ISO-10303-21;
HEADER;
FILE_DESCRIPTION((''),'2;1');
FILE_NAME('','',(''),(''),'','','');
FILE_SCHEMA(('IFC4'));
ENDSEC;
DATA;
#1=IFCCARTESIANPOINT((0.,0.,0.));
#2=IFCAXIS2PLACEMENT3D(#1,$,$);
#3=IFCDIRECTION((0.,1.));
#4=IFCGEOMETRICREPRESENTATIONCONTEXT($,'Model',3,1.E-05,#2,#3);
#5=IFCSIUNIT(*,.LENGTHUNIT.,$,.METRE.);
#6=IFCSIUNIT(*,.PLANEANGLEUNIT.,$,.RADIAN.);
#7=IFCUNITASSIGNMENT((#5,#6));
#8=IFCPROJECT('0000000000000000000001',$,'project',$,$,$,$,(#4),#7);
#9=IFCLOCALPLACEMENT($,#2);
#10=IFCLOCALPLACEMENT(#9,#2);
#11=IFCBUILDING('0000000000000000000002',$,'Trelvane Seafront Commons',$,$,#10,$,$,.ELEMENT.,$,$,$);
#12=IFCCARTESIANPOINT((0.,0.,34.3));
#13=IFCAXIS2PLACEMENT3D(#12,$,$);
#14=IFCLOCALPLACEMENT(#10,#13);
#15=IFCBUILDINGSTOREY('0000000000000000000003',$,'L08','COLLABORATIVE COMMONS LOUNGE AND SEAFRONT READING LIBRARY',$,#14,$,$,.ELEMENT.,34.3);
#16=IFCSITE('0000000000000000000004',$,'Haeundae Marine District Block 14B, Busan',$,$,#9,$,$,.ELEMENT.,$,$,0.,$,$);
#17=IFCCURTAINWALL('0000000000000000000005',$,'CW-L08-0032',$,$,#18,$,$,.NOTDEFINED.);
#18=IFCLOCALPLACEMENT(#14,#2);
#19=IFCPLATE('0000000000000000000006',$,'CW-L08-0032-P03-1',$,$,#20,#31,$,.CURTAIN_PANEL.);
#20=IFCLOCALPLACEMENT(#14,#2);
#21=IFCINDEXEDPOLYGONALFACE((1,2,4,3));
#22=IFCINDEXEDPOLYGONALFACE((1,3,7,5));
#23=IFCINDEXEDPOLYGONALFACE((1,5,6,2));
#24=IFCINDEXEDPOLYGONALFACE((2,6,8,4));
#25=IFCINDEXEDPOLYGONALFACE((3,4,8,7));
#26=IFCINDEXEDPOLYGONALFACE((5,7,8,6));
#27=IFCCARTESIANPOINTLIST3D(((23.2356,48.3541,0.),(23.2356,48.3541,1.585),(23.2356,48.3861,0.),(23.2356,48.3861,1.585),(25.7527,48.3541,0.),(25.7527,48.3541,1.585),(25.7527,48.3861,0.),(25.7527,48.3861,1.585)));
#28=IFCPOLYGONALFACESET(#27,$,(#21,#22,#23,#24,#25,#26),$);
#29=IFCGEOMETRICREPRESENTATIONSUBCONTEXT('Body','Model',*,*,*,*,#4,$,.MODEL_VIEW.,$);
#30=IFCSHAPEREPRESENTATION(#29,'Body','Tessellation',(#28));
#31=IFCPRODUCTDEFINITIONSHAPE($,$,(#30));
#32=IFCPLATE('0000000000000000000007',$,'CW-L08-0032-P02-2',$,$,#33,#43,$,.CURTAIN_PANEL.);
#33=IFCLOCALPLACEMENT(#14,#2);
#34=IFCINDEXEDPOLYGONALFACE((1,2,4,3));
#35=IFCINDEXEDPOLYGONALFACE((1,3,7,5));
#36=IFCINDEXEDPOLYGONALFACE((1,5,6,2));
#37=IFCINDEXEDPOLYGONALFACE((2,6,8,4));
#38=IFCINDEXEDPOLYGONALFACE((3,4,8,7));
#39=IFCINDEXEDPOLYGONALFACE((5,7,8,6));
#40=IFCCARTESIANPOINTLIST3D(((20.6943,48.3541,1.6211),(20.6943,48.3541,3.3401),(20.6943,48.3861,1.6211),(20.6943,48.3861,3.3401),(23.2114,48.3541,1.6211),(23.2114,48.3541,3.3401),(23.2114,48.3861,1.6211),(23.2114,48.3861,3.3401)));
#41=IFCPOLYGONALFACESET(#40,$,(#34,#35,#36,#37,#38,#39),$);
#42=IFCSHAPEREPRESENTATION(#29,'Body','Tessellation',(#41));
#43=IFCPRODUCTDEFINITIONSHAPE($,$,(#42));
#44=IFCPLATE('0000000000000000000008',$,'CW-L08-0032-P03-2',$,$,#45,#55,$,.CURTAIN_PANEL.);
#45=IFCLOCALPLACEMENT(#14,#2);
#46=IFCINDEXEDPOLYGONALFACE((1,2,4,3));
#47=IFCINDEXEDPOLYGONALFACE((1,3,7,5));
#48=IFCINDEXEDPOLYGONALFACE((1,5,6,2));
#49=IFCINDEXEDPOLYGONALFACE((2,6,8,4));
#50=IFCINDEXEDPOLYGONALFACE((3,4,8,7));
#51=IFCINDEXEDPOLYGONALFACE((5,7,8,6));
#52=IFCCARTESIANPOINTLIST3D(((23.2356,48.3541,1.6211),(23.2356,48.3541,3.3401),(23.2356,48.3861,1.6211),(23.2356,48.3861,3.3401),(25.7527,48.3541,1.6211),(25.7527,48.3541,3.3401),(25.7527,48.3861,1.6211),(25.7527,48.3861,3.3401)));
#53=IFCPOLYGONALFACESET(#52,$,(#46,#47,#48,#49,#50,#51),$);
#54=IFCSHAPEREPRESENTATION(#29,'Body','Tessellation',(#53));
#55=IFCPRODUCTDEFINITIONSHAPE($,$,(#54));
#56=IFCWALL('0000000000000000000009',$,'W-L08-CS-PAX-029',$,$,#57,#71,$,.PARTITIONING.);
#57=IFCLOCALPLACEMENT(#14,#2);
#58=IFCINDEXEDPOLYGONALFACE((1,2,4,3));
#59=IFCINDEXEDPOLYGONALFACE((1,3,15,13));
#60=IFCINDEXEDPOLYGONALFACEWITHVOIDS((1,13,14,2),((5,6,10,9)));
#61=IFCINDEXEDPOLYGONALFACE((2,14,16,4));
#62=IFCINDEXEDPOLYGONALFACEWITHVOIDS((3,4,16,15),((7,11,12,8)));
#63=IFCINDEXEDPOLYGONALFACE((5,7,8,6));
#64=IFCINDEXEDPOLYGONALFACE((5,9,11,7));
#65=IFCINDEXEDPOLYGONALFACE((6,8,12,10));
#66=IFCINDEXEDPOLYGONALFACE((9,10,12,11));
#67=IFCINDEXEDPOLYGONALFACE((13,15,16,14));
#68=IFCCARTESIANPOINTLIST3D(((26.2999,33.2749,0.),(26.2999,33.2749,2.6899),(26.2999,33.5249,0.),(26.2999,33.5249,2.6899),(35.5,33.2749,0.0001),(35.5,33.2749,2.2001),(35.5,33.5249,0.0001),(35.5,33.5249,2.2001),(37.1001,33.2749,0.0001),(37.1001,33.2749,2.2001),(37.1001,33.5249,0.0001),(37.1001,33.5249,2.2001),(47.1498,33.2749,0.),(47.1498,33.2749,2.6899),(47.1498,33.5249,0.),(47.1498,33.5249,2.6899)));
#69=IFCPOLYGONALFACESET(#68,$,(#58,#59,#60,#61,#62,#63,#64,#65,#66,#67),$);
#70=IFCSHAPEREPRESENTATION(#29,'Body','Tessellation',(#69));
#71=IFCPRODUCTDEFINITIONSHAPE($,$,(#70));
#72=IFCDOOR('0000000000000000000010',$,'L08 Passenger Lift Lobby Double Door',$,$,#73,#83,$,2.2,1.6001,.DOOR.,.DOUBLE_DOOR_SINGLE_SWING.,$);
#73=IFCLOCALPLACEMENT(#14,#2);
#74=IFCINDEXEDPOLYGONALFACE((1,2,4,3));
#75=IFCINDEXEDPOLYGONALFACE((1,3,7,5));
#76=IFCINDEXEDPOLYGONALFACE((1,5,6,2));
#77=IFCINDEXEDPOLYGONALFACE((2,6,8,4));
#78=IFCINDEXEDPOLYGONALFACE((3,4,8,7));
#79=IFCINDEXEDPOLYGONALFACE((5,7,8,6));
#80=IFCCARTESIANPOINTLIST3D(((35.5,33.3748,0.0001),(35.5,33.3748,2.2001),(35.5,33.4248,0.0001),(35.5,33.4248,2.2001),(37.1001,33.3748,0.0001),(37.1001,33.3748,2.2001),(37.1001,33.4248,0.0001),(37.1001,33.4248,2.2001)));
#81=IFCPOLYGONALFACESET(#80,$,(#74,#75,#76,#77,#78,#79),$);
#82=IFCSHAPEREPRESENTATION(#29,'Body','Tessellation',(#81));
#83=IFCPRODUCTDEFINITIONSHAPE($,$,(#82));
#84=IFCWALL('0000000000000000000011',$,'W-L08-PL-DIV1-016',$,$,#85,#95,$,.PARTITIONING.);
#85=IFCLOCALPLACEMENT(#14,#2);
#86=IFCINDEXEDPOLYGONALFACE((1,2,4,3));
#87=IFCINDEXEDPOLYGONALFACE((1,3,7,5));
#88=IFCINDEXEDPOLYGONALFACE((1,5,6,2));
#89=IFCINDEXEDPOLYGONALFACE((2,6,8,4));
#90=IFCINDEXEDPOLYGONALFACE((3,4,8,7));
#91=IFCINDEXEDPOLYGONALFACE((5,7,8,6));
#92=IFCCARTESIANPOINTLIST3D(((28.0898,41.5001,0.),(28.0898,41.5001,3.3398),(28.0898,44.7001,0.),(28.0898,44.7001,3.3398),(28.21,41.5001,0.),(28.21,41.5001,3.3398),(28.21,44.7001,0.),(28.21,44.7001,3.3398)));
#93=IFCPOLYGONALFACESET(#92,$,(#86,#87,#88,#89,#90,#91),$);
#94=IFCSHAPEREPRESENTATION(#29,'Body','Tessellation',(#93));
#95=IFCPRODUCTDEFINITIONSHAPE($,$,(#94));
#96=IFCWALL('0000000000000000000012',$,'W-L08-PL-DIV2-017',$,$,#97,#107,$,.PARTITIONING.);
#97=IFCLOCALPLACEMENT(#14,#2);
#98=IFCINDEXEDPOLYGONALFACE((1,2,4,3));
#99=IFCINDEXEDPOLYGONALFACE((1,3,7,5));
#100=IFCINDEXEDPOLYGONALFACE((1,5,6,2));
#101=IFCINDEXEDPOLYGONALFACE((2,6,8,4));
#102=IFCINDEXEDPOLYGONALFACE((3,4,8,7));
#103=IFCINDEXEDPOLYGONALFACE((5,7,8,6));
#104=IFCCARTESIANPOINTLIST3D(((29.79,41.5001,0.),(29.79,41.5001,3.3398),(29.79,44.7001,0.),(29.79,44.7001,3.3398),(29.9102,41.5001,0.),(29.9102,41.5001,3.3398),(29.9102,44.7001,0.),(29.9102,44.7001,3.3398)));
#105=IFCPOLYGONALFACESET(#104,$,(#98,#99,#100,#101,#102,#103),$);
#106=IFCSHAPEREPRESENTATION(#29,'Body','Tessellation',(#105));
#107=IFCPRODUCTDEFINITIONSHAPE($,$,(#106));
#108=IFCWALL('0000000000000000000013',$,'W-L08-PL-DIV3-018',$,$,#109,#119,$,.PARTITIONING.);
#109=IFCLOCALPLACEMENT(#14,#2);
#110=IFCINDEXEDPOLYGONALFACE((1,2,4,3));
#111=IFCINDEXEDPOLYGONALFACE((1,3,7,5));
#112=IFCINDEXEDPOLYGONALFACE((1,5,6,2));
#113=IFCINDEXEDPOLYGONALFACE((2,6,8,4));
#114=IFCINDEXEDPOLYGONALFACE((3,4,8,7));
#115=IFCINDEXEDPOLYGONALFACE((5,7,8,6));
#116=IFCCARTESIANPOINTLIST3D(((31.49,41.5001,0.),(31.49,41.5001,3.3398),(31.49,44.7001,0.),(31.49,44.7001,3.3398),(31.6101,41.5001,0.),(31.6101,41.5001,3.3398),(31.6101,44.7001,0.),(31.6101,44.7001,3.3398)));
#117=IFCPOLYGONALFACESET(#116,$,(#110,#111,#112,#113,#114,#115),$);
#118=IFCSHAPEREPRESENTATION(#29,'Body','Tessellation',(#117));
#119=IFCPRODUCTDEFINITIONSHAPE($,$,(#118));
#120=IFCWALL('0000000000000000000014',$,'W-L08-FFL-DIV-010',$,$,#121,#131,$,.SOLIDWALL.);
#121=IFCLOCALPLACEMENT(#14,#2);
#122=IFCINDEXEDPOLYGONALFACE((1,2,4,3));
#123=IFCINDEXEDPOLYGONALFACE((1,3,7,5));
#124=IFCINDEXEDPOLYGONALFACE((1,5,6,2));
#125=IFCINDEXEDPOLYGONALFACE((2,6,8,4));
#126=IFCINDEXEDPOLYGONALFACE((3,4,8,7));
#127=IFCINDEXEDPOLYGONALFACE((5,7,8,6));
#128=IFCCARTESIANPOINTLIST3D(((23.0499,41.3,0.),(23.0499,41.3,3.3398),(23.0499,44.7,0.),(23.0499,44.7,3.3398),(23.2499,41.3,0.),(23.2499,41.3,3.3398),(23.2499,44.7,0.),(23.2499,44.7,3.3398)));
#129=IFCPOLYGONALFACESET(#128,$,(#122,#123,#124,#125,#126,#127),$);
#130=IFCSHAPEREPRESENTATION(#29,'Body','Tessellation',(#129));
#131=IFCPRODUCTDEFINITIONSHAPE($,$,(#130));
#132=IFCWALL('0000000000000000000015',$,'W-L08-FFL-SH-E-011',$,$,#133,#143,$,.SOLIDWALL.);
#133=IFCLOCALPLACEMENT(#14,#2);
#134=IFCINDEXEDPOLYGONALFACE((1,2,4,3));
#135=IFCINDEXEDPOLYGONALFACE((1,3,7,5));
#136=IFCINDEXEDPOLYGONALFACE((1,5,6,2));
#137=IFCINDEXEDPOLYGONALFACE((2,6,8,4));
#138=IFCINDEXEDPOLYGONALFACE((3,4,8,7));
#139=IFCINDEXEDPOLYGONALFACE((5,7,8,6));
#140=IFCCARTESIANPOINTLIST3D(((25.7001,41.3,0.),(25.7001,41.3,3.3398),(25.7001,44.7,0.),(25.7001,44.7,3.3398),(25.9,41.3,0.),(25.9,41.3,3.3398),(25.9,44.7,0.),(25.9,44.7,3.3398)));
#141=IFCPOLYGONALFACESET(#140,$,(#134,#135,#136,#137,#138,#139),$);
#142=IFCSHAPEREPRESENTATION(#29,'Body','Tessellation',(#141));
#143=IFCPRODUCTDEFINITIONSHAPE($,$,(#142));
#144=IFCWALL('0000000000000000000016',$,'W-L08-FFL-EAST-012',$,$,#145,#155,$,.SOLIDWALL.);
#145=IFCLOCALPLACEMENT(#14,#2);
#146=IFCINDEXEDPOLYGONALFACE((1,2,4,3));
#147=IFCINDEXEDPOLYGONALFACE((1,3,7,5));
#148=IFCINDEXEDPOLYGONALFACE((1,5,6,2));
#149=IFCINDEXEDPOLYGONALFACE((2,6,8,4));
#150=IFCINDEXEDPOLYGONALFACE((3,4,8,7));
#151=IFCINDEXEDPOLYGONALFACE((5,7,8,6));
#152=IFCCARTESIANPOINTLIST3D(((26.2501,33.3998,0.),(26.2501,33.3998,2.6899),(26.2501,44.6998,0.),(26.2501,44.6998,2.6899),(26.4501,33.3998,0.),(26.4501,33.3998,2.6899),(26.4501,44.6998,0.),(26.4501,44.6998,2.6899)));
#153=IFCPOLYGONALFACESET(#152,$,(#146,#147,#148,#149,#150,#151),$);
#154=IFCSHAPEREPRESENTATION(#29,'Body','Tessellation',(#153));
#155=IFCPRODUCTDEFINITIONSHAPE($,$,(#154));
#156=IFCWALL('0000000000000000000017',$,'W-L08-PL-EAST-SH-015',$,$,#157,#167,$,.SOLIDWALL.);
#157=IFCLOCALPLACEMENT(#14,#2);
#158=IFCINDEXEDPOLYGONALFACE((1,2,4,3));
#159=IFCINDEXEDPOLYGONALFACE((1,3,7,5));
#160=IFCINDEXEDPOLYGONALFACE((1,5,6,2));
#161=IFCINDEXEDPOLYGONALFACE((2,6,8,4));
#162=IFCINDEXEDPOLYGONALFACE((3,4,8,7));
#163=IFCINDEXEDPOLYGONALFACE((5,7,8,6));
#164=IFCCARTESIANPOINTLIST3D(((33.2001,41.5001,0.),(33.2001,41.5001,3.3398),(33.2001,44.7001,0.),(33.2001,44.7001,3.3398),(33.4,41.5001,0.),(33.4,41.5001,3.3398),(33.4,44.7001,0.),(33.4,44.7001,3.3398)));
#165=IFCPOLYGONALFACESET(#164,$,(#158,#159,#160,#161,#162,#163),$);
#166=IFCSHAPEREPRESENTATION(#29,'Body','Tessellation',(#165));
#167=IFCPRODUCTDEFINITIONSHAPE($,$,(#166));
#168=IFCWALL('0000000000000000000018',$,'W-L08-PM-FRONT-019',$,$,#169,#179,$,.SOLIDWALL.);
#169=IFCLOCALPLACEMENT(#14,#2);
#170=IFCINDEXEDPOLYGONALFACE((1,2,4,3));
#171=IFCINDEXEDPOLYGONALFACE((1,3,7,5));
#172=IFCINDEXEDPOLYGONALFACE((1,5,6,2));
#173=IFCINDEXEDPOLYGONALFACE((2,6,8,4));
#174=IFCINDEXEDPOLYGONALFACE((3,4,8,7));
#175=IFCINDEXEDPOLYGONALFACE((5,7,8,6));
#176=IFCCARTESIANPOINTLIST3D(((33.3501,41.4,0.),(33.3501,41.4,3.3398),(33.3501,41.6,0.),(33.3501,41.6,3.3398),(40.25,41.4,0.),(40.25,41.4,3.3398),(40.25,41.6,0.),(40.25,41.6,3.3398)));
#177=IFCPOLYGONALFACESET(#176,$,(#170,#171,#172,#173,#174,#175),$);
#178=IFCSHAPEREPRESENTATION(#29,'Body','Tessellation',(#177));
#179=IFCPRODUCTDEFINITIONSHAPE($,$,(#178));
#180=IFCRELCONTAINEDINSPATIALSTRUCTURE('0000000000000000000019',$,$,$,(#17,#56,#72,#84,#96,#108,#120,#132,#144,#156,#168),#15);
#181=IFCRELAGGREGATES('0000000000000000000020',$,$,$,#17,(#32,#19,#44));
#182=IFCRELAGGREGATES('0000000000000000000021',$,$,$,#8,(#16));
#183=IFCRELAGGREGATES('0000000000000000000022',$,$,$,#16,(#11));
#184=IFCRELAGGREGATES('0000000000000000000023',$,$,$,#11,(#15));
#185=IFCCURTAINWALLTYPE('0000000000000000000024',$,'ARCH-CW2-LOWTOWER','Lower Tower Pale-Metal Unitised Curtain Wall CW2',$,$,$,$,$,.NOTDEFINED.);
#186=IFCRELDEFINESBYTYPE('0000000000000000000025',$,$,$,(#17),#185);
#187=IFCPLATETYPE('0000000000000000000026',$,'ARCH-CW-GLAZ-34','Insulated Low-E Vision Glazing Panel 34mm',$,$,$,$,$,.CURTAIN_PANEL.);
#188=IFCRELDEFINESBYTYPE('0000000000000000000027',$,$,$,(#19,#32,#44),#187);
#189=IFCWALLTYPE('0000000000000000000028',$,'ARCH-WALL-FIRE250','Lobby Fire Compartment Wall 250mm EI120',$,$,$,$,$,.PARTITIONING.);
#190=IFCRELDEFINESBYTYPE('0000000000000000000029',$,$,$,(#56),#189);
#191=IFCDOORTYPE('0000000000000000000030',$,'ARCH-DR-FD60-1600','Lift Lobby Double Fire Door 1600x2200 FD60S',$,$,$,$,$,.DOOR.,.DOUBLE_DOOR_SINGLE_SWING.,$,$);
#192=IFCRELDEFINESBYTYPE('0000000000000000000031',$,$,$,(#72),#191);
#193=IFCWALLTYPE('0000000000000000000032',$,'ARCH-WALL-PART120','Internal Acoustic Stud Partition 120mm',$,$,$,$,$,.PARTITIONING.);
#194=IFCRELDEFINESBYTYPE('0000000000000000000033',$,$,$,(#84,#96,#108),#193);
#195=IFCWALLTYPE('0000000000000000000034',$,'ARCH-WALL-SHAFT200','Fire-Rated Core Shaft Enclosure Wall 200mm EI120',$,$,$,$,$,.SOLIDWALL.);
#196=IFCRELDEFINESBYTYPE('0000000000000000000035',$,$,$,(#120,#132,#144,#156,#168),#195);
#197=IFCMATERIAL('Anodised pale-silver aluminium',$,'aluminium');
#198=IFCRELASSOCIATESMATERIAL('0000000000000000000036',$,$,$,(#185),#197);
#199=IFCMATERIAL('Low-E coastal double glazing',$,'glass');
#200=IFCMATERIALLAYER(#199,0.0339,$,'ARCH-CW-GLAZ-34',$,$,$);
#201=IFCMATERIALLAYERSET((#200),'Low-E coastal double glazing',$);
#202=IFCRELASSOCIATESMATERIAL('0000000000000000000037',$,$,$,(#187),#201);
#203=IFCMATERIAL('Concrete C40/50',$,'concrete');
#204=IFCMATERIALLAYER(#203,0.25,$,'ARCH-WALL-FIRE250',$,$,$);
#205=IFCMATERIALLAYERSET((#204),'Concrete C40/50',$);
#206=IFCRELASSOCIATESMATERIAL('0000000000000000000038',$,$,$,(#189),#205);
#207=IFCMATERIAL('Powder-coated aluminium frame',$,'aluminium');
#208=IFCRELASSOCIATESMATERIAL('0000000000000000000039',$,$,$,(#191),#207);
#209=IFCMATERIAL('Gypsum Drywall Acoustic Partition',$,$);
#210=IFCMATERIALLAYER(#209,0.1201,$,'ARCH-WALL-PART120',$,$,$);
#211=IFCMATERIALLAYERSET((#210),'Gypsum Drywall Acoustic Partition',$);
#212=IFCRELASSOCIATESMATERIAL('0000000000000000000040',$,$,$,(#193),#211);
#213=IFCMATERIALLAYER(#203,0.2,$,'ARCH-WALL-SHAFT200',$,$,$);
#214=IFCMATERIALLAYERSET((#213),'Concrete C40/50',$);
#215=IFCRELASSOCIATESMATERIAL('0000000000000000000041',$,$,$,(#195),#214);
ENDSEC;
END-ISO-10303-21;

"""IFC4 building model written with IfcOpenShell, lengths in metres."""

from ifc_helpers import new_model, si_unit, direction, frame, frame_2d, origin, origin_2d, place, context, subcontext, project, spatial, rectangle, extrude, source, transform, mapped, material, layer, layer_set, type_object, element, fill, aggregate, save


model = new_model("IFC4")

# Units and contexts
model_context = context("Model", 3, precision=1e-05, world=origin(), true_north=direction((0.0, 1.0)))
body_context = subcontext(model_context, "Body", "Model", "MODEL_VIEW")
ifc_project = project(units=[si_unit("LENGTHUNIT", "METRE"), si_unit("PLANEANGLEUNIT", "RADIAN")], contexts=[model_context])

# Site, building, storey
site_placement = place(None, origin())
site = spatial("IfcSite", under=ifc_project, at=site_placement, Name="Haeundae Marine District Block 14B, Busan", CompositionType="ELEMENT", RefElevation=0.0)
building_placement = place(site_placement, origin())
building = spatial("IfcBuilding", under=site, at=building_placement, Name="Trelvane Seafront Commons", CompositionType="ELEMENT")
storey_placement = place(building_placement, frame((0.0, 0.0, 34.3)))
storey = spatial("IfcBuildingStorey", under=building, at=storey_placement, Name="L08", Description="COLLABORATIVE COMMONS LOUNGE AND SEAFRONT READING LIBRARY", CompositionType="ELEMENT", Elevation=34.3)

# Curtain wall, plates
ifc_material_1 = material(Name="Anodised pale-silver aluminium", Category="aluminium")
curtain_wall_type = type_object("IfcCurtainWallType", Name="ARCH-CW2-LOWTOWER", Description="Lower Tower Pale-Metal Unitised Curtain Wall CW2", PredefinedType="NOTDEFINED", material=ifc_material_1)
curtain_wall_placement = place(storey_placement, origin())
curtain_wall = element("IfcCurtainWall", 1, at=curtain_wall_placement, inside=storey, type_object=curtain_wall_type, Name="CW-L08-0032", PredefinedType="NOTDEFINED")
ifc_material_2 = material(Name="Low-E coastal double glazing", Category="glass")
ifc_layer_1 = layer(ifc_material_2, 0.0339, Name="ARCH-CW-GLAZ-34")
ifc_layer_set_1 = layer_set([ifc_layer_1], Name="Low-E coastal double glazing")
plate_type = type_object("IfcPlateType", Name="ARCH-CW-GLAZ-34", Description="Insulated Low-E Vision Glazing Panel 34mm", PredefinedType="CURTAIN_PANEL", material=ifc_layer_set_1)
shared_shape_1 = source(origin(), body_context, "Body", "SweptSolid", [
    extrude(rectangle(XDim=2.5171, YDim=0.032, at=origin_2d()), origin(), (0.0, 0.0, 1.0), 1.585),
])
plate_1_placement = place(storey_placement, frame((24.4941, 48.3701, 0.0), z_axis=(0.0, 0.0, 1.0), x_axis=(1.0, 0.0, 0.0)))
plate_1 = element("IfcPlate", 2, at=plate_1_placement, type_object=plate_type, Name="CW-L08-0032-P03-1", PredefinedType="CURTAIN_PANEL", context=body_context, shape_type="MappedRepresentation", body=[
    mapped(shared_shape_1, transform((0.0, 0.0, 0.0), x_axis=(1.0, 0.0, 0.0), y_axis=(0.0, 1.0, 0.0), z_axis=(0.0, 0.0, 1.0), scale=1.0)),
])
shared_shape_2 = source(origin(), body_context, "Body", "SweptSolid", [
    extrude(rectangle(XDim=2.5171, YDim=0.032, at=origin_2d()), origin(), (0.0, 0.0, 1.0), 1.719),
])
plate_2_placement = place(storey_placement, frame((21.9529, 48.3701, 1.6211), z_axis=(0.0, 0.0, 1.0), x_axis=(1.0, 0.0, 0.0)))
plate_2 = element("IfcPlate", 3, at=plate_2_placement, type_object=plate_type, Name="CW-L08-0032-P02-2", PredefinedType="CURTAIN_PANEL", context=body_context, shape_type="MappedRepresentation", body=[
    mapped(shared_shape_2, transform((0.0, 0.0, 0.0), x_axis=(1.0, 0.0, 0.0), y_axis=(0.0, 1.0, 0.0), z_axis=(0.0, 0.0, 1.0), scale=1.0)),
])
plate_3_placement = place(storey_placement, frame((24.4941, 48.3701, 1.6211), z_axis=(0.0, 0.0, 1.0), x_axis=(1.0, 0.0, 0.0)))
plate_3 = element("IfcPlate", 4, at=plate_3_placement, type_object=plate_type, Name="CW-L08-0032-P03-2", PredefinedType="CURTAIN_PANEL", context=body_context, shape_type="MappedRepresentation", body=[
    mapped(shared_shape_2, transform((0.0, 0.0, 0.0), x_axis=(1.0, 0.0, 0.0), y_axis=(0.0, 1.0, 0.0), z_axis=(0.0, 0.0, 1.0), scale=1.0)),
])
aggregate(curtain_wall, [plate_2, plate_1, plate_3])

# Wall, opening, door
ifc_material_3 = material(Name="Concrete C40/50", Category="concrete")
ifc_layer_2 = layer(ifc_material_3, 0.25, Name="ARCH-WALL-FIRE250")
ifc_layer_set_2 = layer_set([ifc_layer_2], Name="Concrete C40/50")
wall_type_1 = type_object("IfcWallType", Name="ARCH-WALL-FIRE250", Description="Lobby Fire Compartment Wall 250mm EI120", PredefinedType="PARTITIONING", material=ifc_layer_set_2)
wall_1_placement = place(storey_placement, frame((26.3, 33.3999, 0.0), z_axis=(0.0, 0.0, 1.0), x_axis=(1.0, 0.0, 0.0)))
wall_1 = element("IfcWall", 5, at=wall_1_placement, inside=storey, type_object=wall_type_1, Name="W-L08-CS-PAX-029", PredefinedType="PARTITIONING", context=body_context, shape_type="SweptSolid", body=[
    extrude(rectangle(XDim=20.8499, YDim=0.25, at=frame_2d((10.4248, 0.0))), origin(), (0.0, 0.0, 1.0), 2.6899),
])
opening_1_placement = place(wall_1_placement, frame((9.2, 0.0, 0.0)))
opening_1 = element("IfcOpeningElement", 6, at=opening_1_placement, cuts=wall_1, PredefinedType="OPENING", context=body_context, shape_type="SweptSolid", body=[
    extrude(rectangle(XDim=1.6001, YDim=2.2, at=frame_2d((0.8, 1.1001))), frame((0.0, 0.135, 0.0), z_axis=(0.0, -1.0, 0.0), x_axis=(1.0, 0.0, 0.0)), (0.0, 0.0, 1.0), 0.27),
])
ifc_material_4 = material(Name="Powder-coated aluminium frame", Category="aluminium")
door_type_1 = type_object("IfcDoorType", Name="ARCH-DR-FD60-1600", Description="Lift Lobby Double Fire Door 1600x2200 FD60S", OperationType="DOUBLE_DOOR_SINGLE_SWING", PredefinedType="DOOR", material=ifc_material_4)
shared_shape_3 = source(origin(), body_context, "Body", "SweptSolid", [
    extrude(rectangle(XDim=1.6001, YDim=2.2, at=frame_2d((0.8, 1.1001))), frame((0.0, 0.0249, 0.0), z_axis=(0.0, -1.0, 0.0), x_axis=(1.0, 0.0, 0.0)), (0.0, 0.0, 1.0), 0.05),
])
door_1_placement = place(opening_1_placement, origin())
door_1 = element("IfcDoor", 7, at=door_1_placement, inside=storey, type_object=door_type_1, Name="L08 Passenger Lift Lobby Double Door", OperationType="DOUBLE_DOOR_SINGLE_SWING", OverallHeight=2.2, OverallWidth=1.6001, PredefinedType="DOOR", context=body_context, shape_type="MappedRepresentation", body=[
    mapped(shared_shape_3, transform((0.0, 0.0, 0.0), x_axis=(1.0, 0.0, 0.0), y_axis=(0.0, 1.0, 0.0), z_axis=(0.0, 0.0, 1.0), scale=1.0)),
])
fill(opening_1, door_1)

# Walls
ifc_material_5 = material(Name="Gypsum Drywall Acoustic Partition")
ifc_layer_3 = layer(ifc_material_5, 0.1201, Name="ARCH-WALL-PART120")
ifc_layer_set_3 = layer_set([ifc_layer_3], Name="Gypsum Drywall Acoustic Partition")
wall_type_2 = type_object("IfcWallType", Name="ARCH-WALL-PART120", Description="Internal Acoustic Stud Partition 120mm", PredefinedType="PARTITIONING", material=ifc_layer_set_3)
for number, where, z_axis, x_axis, name in (
    (8, (28.1499, 41.5, 0.0), (0.0, 0.0, 1.0), (0.0, 1.0, 0.0), "W-L08-PL-DIV1-016"),
    (9, (29.8501, 41.5, 0.0), (0.0, 0.0, 1.0), (0.0, 1.0, 0.0), "W-L08-PL-DIV2-017"),
    (10, (31.55, 41.5, 0.0), (0.0, 0.0, 1.0), (0.0, 1.0, 0.0), "W-L08-PL-DIV3-018"),
):
    element("IfcWall", number, at=place(storey_placement, frame(where, z_axis=z_axis, x_axis=x_axis)), inside=storey, type_object=wall_type_2, Name=name, PredefinedType="PARTITIONING", context=body_context, shape_type="SweptSolid", body=[
        extrude(rectangle(XDim=3.2, YDim=0.1201, at=frame_2d((1.6001, 0.0))), origin(), (0.0, 0.0, 1.0), 3.3398),
    ])
ifc_layer_4 = layer(ifc_material_3, 0.2, Name="ARCH-WALL-SHAFT200")
ifc_layer_set_4 = layer_set([ifc_layer_4], Name="Concrete C40/50")
wall_type_3 = type_object("IfcWallType", Name="ARCH-WALL-SHAFT200", Description="Fire-Rated Core Shaft Enclosure Wall 200mm EI120", PredefinedType="SOLIDWALL", material=ifc_layer_set_4)
for number, where, z_axis, x_axis, name in (
    (11, (23.1499, 41.3, 0.0), (0.0, 0.0, 1.0), (0.0, 1.0, 0.0), "W-L08-FFL-DIV-010"),
    (12, (25.8, 41.3, 0.0), (0.0, 0.0, 1.0), (0.0, 1.0, 0.0), "W-L08-FFL-SH-E-011"),
):
    element("IfcWall", number, at=place(storey_placement, frame(where, z_axis=z_axis, x_axis=x_axis)), inside=storey, type_object=wall_type_3, Name=name, PredefinedType="SOLIDWALL", context=body_context, shape_type="SweptSolid", body=[
        extrude(rectangle(XDim=3.3999, YDim=0.2, at=frame_2d((1.7, 0.0))), origin(), (0.0, 0.0, 1.0), 3.3398),
    ])
wall_2_placement = place(storey_placement, frame((26.3501, 33.3999, 0.0), z_axis=(0.0, 0.0, 1.0), x_axis=(0.0, 1.0, 0.0)))
element("IfcWall", 13, at=wall_2_placement, inside=storey, type_object=wall_type_3, Name="W-L08-FFL-EAST-012", PredefinedType="SOLIDWALL", context=body_context, shape_type="SweptSolid", body=[
    extrude(rectangle(XDim=11.3, YDim=0.2, at=frame_2d((5.6499, 0.0))), origin(), (0.0, 0.0, 1.0), 2.6899),
])

# Walls
wall_3_placement = place(storey_placement, frame((33.3, 41.5, 0.0), z_axis=(0.0, 0.0, 1.0), x_axis=(0.0, 1.0, 0.0)))
element("IfcWall", 14, at=wall_3_placement, inside=storey, type_object=wall_type_3, Name="W-L08-PL-EAST-SH-015", PredefinedType="SOLIDWALL", context=body_context, shape_type="SweptSolid", body=[
    extrude(rectangle(XDim=3.2, YDim=0.2, at=frame_2d((1.6001, 0.0))), origin(), (0.0, 0.0, 1.0), 3.3398),
])
wall_4_placement = place(storey_placement, frame((33.3501, 41.5, 0.0), z_axis=(0.0, 0.0, 1.0), x_axis=(1.0, 0.0, 0.0)))
element("IfcWall", 15, at=wall_4_placement, inside=storey, type_object=wall_type_3, Name="W-L08-PM-FRONT-019", PredefinedType="SOLIDWALL", context=body_context, shape_type="SweptSolid", body=[
    extrude(rectangle(XDim=6.8999, YDim=0.2, at=frame_2d((3.45, 0.0))), origin(), (0.0, 0.0, 1.0), 3.3398),
])

save(model, "model.ifc")
